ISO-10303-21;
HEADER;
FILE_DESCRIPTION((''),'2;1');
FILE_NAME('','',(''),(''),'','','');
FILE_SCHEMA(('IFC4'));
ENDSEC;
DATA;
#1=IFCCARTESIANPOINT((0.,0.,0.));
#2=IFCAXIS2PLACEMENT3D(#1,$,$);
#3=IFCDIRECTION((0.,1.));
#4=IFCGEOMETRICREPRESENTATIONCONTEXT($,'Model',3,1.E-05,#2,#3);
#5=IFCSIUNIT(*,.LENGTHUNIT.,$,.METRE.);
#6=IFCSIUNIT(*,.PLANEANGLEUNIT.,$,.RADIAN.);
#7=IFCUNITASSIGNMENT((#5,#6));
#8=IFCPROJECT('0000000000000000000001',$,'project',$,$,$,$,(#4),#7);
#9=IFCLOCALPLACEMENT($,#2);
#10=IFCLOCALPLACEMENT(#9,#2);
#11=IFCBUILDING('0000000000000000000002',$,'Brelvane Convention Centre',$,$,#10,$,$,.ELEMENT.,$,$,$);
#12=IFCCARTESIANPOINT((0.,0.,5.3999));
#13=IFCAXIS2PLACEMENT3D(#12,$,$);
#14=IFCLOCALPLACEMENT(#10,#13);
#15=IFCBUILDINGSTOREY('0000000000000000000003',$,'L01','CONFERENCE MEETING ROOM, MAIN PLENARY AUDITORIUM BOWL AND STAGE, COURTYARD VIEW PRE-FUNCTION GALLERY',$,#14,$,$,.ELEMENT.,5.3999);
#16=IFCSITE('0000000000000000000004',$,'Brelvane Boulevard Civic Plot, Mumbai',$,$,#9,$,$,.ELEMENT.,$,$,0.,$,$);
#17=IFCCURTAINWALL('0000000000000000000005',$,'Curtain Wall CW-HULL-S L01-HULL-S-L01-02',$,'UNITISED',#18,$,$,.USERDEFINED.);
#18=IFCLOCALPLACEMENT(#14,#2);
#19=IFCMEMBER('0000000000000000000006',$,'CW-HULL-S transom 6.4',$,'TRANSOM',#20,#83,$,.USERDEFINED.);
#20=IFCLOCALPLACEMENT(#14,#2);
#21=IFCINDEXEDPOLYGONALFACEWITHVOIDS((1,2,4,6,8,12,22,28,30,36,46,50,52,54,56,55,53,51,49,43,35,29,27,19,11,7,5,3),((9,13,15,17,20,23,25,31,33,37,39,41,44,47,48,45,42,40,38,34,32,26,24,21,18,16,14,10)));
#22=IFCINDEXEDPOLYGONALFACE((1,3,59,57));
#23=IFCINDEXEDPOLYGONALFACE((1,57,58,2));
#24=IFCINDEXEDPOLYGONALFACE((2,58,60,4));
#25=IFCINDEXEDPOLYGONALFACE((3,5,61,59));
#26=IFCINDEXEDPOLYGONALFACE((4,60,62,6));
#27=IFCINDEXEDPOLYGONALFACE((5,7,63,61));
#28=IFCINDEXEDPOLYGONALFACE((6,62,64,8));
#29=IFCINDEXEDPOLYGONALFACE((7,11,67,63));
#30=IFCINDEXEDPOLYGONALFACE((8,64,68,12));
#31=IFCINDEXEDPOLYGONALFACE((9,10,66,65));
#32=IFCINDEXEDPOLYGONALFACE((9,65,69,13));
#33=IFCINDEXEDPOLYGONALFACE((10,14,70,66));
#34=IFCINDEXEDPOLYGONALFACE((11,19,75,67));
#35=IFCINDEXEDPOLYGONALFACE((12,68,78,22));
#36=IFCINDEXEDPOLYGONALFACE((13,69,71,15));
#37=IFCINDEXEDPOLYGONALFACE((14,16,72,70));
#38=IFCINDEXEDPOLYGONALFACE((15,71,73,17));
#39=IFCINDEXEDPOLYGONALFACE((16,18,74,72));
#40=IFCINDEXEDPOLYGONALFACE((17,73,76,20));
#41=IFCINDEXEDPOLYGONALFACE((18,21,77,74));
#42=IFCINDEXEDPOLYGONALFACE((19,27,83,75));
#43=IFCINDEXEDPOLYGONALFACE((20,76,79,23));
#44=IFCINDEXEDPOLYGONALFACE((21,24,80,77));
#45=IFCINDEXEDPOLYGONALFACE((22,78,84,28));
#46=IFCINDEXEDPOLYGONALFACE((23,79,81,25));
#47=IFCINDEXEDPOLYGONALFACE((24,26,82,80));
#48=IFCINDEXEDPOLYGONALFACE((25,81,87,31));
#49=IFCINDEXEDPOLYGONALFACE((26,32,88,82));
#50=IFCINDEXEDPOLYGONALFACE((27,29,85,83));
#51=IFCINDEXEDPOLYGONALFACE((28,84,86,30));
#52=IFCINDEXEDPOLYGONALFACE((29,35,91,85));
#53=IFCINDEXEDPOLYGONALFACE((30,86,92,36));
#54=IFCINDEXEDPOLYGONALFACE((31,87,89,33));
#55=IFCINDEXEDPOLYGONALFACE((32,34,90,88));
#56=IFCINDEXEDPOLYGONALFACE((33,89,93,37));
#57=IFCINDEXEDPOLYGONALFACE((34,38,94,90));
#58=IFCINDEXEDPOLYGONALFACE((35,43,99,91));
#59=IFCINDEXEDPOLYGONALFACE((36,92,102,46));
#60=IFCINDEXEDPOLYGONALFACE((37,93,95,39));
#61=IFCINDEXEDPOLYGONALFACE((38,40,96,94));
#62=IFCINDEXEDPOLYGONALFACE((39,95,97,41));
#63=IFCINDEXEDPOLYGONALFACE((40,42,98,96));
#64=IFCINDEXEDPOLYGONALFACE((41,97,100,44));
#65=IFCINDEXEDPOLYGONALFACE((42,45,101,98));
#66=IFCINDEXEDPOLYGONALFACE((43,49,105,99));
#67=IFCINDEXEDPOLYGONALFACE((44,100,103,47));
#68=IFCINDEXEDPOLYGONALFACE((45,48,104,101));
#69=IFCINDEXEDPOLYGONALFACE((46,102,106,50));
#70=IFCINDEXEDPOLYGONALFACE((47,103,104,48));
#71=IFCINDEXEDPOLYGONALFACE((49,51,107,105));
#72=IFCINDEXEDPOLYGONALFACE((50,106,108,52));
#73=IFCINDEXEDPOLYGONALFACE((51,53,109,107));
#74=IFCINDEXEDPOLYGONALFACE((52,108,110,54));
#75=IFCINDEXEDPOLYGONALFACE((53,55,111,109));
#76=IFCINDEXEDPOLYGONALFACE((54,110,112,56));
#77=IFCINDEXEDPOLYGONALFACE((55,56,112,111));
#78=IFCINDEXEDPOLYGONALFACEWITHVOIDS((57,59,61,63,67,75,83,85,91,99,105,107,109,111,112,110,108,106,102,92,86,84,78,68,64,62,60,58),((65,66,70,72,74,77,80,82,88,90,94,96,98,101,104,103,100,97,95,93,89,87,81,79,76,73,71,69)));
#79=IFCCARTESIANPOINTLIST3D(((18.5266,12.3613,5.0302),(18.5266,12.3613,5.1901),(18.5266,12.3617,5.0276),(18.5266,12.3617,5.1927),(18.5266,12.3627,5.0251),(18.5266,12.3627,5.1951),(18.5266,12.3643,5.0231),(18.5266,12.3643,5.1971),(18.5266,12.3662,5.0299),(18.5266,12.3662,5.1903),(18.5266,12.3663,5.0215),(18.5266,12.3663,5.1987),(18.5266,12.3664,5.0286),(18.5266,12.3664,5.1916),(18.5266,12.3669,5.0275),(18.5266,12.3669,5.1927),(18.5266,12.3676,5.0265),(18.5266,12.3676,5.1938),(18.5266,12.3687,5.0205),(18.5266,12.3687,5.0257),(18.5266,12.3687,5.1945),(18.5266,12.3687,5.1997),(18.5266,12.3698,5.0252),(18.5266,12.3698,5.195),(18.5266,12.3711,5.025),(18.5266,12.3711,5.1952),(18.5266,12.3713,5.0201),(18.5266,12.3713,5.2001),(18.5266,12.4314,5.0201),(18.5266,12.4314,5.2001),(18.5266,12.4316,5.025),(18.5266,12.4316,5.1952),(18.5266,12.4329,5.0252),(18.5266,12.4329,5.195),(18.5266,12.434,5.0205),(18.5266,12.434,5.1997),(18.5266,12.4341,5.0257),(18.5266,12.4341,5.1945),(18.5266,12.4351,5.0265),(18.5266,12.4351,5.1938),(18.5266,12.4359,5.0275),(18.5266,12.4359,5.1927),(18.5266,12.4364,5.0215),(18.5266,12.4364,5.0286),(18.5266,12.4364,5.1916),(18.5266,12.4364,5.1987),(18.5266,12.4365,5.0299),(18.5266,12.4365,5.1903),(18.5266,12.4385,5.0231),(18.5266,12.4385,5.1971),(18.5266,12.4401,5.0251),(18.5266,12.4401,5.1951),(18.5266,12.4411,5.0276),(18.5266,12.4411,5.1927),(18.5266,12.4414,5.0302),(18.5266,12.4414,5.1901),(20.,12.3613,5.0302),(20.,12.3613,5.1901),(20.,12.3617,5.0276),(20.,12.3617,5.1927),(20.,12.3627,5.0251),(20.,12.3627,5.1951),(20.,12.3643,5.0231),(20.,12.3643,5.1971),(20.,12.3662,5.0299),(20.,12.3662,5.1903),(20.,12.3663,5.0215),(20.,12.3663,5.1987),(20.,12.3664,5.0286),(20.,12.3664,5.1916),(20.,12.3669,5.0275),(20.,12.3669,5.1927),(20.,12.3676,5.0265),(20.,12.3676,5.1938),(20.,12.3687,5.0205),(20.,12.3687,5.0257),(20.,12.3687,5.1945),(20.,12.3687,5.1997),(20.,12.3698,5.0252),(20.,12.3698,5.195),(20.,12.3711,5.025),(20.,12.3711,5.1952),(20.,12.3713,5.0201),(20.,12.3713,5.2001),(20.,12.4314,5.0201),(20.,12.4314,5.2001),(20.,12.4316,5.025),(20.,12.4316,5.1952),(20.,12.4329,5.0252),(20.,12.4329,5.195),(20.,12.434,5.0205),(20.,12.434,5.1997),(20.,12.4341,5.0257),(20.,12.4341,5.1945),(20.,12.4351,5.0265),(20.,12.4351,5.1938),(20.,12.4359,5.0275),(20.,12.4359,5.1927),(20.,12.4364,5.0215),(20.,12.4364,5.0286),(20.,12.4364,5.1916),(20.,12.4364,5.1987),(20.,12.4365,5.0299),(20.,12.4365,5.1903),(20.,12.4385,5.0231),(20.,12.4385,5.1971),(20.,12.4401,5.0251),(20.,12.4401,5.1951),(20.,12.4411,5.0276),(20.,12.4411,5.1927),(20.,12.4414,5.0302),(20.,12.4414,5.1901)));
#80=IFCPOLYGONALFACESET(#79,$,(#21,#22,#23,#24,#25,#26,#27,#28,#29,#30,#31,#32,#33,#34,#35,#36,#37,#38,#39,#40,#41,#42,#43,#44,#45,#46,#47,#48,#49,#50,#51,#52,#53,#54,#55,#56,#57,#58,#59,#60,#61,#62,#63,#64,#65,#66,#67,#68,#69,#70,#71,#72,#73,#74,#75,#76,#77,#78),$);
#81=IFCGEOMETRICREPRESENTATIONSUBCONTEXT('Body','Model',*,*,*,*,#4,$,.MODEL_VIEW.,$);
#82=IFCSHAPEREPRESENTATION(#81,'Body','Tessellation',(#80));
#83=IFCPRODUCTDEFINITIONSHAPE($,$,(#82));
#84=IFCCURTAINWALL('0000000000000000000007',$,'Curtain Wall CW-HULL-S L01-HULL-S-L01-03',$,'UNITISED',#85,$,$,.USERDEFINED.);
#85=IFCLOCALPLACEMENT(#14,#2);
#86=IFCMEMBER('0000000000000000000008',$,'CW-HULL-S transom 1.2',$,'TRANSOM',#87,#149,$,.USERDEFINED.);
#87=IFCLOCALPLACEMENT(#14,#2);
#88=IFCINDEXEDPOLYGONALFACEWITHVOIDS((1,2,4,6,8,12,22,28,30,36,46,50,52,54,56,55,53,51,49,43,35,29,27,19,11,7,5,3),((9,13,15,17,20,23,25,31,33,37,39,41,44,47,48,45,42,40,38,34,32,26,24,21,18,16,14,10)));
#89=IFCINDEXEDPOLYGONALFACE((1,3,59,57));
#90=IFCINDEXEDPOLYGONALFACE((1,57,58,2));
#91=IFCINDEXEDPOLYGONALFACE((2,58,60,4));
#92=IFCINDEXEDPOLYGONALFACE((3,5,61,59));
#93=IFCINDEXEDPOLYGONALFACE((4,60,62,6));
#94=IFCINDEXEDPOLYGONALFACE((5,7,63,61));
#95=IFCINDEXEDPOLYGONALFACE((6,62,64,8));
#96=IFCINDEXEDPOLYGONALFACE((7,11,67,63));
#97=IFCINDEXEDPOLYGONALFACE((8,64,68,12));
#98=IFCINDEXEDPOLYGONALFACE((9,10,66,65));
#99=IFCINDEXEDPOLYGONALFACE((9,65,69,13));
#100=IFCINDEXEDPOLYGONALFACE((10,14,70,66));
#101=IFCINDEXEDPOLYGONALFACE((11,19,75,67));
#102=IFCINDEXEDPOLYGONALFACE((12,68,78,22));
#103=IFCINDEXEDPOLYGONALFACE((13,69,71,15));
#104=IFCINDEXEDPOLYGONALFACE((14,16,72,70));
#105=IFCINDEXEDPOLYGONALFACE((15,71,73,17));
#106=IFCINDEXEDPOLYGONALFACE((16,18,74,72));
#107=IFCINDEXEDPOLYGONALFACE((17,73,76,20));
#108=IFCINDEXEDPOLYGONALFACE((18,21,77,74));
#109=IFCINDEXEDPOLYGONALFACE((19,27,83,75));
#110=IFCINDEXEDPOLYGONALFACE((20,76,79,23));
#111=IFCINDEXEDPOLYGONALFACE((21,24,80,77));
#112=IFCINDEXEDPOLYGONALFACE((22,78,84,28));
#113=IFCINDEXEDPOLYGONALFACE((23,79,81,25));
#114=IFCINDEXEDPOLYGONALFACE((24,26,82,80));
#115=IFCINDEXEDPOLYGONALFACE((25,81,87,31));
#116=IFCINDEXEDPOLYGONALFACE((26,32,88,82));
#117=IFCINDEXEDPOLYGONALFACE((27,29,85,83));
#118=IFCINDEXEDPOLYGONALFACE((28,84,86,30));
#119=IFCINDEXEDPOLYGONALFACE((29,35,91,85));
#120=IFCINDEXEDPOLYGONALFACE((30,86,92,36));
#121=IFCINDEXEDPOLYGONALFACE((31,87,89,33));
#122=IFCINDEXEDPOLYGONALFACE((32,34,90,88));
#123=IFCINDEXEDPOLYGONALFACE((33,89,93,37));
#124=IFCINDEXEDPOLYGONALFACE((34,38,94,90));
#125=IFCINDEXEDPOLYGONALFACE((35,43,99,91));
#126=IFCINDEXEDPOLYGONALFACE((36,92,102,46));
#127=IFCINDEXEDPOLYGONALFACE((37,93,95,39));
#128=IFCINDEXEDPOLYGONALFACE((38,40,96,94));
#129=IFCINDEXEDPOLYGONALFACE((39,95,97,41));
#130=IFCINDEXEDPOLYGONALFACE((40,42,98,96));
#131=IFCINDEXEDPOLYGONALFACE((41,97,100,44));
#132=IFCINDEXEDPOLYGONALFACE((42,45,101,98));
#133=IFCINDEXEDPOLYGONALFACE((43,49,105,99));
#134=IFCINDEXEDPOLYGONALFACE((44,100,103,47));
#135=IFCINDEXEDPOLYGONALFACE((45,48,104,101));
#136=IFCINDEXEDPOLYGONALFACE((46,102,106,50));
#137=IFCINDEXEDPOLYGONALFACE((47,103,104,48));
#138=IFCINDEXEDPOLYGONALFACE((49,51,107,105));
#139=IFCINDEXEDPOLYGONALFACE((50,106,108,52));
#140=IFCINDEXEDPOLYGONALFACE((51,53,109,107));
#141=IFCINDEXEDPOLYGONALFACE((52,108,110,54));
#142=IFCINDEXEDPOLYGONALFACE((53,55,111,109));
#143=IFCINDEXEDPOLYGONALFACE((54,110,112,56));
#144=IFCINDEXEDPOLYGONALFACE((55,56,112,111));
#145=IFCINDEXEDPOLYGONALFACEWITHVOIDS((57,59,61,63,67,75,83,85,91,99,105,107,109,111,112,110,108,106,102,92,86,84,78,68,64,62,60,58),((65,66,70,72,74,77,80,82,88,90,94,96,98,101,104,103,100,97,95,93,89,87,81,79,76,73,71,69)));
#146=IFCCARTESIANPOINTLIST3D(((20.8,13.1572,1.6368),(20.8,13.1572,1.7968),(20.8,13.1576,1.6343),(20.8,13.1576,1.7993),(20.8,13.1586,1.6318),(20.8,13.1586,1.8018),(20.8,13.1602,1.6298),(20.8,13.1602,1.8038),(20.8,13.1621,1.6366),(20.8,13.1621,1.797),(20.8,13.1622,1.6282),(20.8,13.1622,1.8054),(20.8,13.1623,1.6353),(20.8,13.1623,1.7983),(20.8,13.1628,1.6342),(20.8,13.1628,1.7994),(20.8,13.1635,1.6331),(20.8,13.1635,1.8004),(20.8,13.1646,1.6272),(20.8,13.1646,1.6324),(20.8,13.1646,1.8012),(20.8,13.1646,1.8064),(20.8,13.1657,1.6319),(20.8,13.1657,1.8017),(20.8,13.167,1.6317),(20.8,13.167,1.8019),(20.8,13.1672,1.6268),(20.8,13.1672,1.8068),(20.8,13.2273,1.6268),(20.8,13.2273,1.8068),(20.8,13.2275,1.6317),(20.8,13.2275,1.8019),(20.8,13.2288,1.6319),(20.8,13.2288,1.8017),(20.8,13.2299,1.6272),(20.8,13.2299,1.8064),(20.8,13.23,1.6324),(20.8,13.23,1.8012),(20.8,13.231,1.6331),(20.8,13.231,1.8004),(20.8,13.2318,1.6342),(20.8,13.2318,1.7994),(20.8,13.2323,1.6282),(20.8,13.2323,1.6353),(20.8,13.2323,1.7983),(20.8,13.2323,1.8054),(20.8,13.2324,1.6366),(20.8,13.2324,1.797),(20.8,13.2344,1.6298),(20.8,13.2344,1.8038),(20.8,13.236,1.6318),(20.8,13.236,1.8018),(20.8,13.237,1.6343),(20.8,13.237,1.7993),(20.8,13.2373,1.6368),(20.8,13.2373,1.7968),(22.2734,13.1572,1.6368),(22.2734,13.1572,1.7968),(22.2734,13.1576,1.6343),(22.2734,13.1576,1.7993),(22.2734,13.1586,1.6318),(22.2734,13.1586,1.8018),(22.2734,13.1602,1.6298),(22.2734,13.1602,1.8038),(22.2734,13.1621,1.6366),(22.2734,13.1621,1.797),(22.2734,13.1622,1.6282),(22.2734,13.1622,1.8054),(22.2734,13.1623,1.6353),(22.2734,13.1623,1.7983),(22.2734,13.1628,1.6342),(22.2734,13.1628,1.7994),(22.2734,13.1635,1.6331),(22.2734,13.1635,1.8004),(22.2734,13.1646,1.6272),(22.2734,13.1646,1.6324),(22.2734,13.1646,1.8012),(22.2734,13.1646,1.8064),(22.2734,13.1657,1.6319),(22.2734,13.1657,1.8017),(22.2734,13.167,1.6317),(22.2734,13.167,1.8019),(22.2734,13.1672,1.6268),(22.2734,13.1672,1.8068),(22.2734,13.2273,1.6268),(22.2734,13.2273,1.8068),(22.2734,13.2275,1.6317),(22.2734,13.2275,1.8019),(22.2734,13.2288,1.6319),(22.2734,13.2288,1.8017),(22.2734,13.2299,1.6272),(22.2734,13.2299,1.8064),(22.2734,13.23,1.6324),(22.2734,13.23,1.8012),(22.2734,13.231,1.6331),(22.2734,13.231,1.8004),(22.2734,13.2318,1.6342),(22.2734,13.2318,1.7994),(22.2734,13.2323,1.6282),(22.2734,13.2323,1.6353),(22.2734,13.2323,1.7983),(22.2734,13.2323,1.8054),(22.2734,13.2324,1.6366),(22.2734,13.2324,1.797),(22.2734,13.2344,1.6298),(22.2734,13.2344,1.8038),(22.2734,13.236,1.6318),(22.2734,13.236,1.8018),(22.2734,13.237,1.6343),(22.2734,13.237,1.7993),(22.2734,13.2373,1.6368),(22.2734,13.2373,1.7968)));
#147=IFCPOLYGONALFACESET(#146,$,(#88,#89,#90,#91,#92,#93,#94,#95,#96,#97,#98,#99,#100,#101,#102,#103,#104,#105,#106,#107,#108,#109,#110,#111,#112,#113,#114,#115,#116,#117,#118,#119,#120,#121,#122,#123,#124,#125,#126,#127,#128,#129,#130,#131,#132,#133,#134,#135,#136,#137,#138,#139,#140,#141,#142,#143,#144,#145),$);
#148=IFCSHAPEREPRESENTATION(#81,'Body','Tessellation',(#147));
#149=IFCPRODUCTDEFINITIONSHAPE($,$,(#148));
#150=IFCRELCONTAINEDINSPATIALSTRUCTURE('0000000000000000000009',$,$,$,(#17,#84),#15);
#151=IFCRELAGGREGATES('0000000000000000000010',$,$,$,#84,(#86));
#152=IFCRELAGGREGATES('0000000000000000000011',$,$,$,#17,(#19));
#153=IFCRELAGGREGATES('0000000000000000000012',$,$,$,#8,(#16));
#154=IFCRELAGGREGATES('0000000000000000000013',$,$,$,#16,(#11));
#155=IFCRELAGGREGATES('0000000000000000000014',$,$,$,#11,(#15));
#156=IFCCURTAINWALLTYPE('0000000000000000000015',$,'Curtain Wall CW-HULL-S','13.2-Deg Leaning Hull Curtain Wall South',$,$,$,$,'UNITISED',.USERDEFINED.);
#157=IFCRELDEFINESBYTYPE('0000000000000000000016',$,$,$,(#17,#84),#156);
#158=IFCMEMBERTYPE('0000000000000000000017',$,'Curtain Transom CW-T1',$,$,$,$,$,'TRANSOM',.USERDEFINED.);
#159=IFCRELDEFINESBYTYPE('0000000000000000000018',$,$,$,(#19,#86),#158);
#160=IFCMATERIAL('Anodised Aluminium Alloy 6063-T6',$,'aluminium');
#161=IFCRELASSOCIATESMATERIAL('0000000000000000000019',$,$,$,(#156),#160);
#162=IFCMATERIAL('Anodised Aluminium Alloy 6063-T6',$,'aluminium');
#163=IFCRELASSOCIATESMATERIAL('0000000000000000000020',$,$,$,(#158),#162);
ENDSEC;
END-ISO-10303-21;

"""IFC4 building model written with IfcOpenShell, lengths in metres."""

from ifc_helpers import new_model, si_unit, direction, frame, origin, origin_2d, place, context, subcontext, project, spatial, hollow_rectangle, extrude, material, material_profile, profile_set, type_object, element, aggregate, save


model = new_model("IFC4")

# Units and contexts
model_context = context("Model", 3, precision=1e-05, world=origin(), true_north=direction((0.0, 1.0)))
body_context = subcontext(model_context, "Body", "Model", "MODEL_VIEW")
ifc_project = project(units=[si_unit("LENGTHUNIT", "METRE"), si_unit("PLANEANGLEUNIT", "RADIAN")], contexts=[model_context])

# Site, building, storey
site_placement = place(None, origin())
site = spatial("IfcSite", under=ifc_project, at=site_placement, Name="Brelvane Boulevard Civic Plot, Mumbai", CompositionType="ELEMENT", RefElevation=0.0)
building_placement = place(site_placement, origin())
building = spatial("IfcBuilding", under=site, at=building_placement, Name="Brelvane Convention Centre", CompositionType="ELEMENT")
storey_placement = place(building_placement, frame((0.0, 0.0, 5.3999)))
storey = spatial("IfcBuildingStorey", under=building, at=storey_placement, Name="L01", Description="CONFERENCE MEETING ROOM, MAIN PLENARY AUDITORIUM BOWL AND STAGE, COURTYARD VIEW PRE-FUNCTION GALLERY", CompositionType="ELEMENT", Elevation=5.3999)

# Curtain walls, members
ifc_material_1 = material(Name="Anodised Aluminium Alloy 6063-T6", Category="aluminium")
curtain_wall_type = type_object("IfcCurtainWallType", Name="Curtain Wall CW-HULL-S", Description="13.2-Deg Leaning Hull Curtain Wall South", ElementType="UNITISED", PredefinedType="USERDEFINED", material=ifc_material_1)
curtain_wall_1_placement = place(storey_placement, origin())
curtain_wall_1 = element("IfcCurtainWall", 1, at=curtain_wall_1_placement, inside=storey, type_object=curtain_wall_type, Name="Curtain Wall CW-HULL-S L01-HULL-S-L01-02", ObjectType="UNITISED", PredefinedType="USERDEFINED")
ifc_material_2 = material(Name="Anodised Aluminium Alloy 6063-T6", Category="aluminium")
ifc_material_profile = material_profile(ifc_material_2, hollow_rectangle(XDim=0.0801, YDim=0.1799, WallThickness=0.0049, InnerFilletRadius=0.0049, OuterFilletRadius=0.01, at=origin_2d()), Name="ALU-T 180x80x5.0")
ifc_profile_set = profile_set([ifc_material_profile], Name="Anodised Aluminium Alloy 6063-T6")
member_type = type_object("IfcMemberType", Name="Curtain Transom CW-T1", ElementType="TRANSOM", PredefinedType="USERDEFINED", material=ifc_profile_set)
member_1_placement = place(storey_placement, frame((18.5266, 12.4014, 5.1101), z_axis=(1.0, 0.0, 0.0), x_axis=(0.0, 1.0, 0.0)))
member_1 = element("IfcMember", 2, at=member_1_placement, type_object=member_type, Name="CW-HULL-S transom 6.4", ObjectType="TRANSOM", PredefinedType="USERDEFINED", context=body_context, shape_type="SweptSolid", body=[
    extrude(hollow_rectangle(XDim=0.0801, YDim=0.1799, WallThickness=0.0049, InnerFilletRadius=0.0049, OuterFilletRadius=0.01, at=origin_2d()), origin(), (0.0, 0.0, 1.0), 1.4734),
])
curtain_wall_2_placement = place(storey_placement, origin())
curtain_wall_2 = element("IfcCurtainWall", 3, at=curtain_wall_2_placement, inside=storey, type_object=curtain_wall_type, Name="Curtain Wall CW-HULL-S L01-HULL-S-L01-03", ObjectType="UNITISED", PredefinedType="USERDEFINED")
member_2_placement = place(storey_placement, frame((20.8, 13.1973, 1.7168), z_axis=(1.0, 0.0, 0.0), x_axis=(0.0, 1.0, 0.0)))
member_2 = element("IfcMember", 4, at=member_2_placement, type_object=member_type, Name="CW-HULL-S transom 1.2", ObjectType="TRANSOM", PredefinedType="USERDEFINED", context=body_context, shape_type="SweptSolid", body=[
    extrude(hollow_rectangle(XDim=0.0801, YDim=0.1799, WallThickness=0.0049, InnerFilletRadius=0.0049, OuterFilletRadius=0.01, at=origin_2d()), origin(), (0.0, 0.0, 1.0), 1.4734),
])

aggregate(curtain_wall_2, [member_2])
aggregate(curtain_wall_1, [member_1])

save(model, "model.ifc")
